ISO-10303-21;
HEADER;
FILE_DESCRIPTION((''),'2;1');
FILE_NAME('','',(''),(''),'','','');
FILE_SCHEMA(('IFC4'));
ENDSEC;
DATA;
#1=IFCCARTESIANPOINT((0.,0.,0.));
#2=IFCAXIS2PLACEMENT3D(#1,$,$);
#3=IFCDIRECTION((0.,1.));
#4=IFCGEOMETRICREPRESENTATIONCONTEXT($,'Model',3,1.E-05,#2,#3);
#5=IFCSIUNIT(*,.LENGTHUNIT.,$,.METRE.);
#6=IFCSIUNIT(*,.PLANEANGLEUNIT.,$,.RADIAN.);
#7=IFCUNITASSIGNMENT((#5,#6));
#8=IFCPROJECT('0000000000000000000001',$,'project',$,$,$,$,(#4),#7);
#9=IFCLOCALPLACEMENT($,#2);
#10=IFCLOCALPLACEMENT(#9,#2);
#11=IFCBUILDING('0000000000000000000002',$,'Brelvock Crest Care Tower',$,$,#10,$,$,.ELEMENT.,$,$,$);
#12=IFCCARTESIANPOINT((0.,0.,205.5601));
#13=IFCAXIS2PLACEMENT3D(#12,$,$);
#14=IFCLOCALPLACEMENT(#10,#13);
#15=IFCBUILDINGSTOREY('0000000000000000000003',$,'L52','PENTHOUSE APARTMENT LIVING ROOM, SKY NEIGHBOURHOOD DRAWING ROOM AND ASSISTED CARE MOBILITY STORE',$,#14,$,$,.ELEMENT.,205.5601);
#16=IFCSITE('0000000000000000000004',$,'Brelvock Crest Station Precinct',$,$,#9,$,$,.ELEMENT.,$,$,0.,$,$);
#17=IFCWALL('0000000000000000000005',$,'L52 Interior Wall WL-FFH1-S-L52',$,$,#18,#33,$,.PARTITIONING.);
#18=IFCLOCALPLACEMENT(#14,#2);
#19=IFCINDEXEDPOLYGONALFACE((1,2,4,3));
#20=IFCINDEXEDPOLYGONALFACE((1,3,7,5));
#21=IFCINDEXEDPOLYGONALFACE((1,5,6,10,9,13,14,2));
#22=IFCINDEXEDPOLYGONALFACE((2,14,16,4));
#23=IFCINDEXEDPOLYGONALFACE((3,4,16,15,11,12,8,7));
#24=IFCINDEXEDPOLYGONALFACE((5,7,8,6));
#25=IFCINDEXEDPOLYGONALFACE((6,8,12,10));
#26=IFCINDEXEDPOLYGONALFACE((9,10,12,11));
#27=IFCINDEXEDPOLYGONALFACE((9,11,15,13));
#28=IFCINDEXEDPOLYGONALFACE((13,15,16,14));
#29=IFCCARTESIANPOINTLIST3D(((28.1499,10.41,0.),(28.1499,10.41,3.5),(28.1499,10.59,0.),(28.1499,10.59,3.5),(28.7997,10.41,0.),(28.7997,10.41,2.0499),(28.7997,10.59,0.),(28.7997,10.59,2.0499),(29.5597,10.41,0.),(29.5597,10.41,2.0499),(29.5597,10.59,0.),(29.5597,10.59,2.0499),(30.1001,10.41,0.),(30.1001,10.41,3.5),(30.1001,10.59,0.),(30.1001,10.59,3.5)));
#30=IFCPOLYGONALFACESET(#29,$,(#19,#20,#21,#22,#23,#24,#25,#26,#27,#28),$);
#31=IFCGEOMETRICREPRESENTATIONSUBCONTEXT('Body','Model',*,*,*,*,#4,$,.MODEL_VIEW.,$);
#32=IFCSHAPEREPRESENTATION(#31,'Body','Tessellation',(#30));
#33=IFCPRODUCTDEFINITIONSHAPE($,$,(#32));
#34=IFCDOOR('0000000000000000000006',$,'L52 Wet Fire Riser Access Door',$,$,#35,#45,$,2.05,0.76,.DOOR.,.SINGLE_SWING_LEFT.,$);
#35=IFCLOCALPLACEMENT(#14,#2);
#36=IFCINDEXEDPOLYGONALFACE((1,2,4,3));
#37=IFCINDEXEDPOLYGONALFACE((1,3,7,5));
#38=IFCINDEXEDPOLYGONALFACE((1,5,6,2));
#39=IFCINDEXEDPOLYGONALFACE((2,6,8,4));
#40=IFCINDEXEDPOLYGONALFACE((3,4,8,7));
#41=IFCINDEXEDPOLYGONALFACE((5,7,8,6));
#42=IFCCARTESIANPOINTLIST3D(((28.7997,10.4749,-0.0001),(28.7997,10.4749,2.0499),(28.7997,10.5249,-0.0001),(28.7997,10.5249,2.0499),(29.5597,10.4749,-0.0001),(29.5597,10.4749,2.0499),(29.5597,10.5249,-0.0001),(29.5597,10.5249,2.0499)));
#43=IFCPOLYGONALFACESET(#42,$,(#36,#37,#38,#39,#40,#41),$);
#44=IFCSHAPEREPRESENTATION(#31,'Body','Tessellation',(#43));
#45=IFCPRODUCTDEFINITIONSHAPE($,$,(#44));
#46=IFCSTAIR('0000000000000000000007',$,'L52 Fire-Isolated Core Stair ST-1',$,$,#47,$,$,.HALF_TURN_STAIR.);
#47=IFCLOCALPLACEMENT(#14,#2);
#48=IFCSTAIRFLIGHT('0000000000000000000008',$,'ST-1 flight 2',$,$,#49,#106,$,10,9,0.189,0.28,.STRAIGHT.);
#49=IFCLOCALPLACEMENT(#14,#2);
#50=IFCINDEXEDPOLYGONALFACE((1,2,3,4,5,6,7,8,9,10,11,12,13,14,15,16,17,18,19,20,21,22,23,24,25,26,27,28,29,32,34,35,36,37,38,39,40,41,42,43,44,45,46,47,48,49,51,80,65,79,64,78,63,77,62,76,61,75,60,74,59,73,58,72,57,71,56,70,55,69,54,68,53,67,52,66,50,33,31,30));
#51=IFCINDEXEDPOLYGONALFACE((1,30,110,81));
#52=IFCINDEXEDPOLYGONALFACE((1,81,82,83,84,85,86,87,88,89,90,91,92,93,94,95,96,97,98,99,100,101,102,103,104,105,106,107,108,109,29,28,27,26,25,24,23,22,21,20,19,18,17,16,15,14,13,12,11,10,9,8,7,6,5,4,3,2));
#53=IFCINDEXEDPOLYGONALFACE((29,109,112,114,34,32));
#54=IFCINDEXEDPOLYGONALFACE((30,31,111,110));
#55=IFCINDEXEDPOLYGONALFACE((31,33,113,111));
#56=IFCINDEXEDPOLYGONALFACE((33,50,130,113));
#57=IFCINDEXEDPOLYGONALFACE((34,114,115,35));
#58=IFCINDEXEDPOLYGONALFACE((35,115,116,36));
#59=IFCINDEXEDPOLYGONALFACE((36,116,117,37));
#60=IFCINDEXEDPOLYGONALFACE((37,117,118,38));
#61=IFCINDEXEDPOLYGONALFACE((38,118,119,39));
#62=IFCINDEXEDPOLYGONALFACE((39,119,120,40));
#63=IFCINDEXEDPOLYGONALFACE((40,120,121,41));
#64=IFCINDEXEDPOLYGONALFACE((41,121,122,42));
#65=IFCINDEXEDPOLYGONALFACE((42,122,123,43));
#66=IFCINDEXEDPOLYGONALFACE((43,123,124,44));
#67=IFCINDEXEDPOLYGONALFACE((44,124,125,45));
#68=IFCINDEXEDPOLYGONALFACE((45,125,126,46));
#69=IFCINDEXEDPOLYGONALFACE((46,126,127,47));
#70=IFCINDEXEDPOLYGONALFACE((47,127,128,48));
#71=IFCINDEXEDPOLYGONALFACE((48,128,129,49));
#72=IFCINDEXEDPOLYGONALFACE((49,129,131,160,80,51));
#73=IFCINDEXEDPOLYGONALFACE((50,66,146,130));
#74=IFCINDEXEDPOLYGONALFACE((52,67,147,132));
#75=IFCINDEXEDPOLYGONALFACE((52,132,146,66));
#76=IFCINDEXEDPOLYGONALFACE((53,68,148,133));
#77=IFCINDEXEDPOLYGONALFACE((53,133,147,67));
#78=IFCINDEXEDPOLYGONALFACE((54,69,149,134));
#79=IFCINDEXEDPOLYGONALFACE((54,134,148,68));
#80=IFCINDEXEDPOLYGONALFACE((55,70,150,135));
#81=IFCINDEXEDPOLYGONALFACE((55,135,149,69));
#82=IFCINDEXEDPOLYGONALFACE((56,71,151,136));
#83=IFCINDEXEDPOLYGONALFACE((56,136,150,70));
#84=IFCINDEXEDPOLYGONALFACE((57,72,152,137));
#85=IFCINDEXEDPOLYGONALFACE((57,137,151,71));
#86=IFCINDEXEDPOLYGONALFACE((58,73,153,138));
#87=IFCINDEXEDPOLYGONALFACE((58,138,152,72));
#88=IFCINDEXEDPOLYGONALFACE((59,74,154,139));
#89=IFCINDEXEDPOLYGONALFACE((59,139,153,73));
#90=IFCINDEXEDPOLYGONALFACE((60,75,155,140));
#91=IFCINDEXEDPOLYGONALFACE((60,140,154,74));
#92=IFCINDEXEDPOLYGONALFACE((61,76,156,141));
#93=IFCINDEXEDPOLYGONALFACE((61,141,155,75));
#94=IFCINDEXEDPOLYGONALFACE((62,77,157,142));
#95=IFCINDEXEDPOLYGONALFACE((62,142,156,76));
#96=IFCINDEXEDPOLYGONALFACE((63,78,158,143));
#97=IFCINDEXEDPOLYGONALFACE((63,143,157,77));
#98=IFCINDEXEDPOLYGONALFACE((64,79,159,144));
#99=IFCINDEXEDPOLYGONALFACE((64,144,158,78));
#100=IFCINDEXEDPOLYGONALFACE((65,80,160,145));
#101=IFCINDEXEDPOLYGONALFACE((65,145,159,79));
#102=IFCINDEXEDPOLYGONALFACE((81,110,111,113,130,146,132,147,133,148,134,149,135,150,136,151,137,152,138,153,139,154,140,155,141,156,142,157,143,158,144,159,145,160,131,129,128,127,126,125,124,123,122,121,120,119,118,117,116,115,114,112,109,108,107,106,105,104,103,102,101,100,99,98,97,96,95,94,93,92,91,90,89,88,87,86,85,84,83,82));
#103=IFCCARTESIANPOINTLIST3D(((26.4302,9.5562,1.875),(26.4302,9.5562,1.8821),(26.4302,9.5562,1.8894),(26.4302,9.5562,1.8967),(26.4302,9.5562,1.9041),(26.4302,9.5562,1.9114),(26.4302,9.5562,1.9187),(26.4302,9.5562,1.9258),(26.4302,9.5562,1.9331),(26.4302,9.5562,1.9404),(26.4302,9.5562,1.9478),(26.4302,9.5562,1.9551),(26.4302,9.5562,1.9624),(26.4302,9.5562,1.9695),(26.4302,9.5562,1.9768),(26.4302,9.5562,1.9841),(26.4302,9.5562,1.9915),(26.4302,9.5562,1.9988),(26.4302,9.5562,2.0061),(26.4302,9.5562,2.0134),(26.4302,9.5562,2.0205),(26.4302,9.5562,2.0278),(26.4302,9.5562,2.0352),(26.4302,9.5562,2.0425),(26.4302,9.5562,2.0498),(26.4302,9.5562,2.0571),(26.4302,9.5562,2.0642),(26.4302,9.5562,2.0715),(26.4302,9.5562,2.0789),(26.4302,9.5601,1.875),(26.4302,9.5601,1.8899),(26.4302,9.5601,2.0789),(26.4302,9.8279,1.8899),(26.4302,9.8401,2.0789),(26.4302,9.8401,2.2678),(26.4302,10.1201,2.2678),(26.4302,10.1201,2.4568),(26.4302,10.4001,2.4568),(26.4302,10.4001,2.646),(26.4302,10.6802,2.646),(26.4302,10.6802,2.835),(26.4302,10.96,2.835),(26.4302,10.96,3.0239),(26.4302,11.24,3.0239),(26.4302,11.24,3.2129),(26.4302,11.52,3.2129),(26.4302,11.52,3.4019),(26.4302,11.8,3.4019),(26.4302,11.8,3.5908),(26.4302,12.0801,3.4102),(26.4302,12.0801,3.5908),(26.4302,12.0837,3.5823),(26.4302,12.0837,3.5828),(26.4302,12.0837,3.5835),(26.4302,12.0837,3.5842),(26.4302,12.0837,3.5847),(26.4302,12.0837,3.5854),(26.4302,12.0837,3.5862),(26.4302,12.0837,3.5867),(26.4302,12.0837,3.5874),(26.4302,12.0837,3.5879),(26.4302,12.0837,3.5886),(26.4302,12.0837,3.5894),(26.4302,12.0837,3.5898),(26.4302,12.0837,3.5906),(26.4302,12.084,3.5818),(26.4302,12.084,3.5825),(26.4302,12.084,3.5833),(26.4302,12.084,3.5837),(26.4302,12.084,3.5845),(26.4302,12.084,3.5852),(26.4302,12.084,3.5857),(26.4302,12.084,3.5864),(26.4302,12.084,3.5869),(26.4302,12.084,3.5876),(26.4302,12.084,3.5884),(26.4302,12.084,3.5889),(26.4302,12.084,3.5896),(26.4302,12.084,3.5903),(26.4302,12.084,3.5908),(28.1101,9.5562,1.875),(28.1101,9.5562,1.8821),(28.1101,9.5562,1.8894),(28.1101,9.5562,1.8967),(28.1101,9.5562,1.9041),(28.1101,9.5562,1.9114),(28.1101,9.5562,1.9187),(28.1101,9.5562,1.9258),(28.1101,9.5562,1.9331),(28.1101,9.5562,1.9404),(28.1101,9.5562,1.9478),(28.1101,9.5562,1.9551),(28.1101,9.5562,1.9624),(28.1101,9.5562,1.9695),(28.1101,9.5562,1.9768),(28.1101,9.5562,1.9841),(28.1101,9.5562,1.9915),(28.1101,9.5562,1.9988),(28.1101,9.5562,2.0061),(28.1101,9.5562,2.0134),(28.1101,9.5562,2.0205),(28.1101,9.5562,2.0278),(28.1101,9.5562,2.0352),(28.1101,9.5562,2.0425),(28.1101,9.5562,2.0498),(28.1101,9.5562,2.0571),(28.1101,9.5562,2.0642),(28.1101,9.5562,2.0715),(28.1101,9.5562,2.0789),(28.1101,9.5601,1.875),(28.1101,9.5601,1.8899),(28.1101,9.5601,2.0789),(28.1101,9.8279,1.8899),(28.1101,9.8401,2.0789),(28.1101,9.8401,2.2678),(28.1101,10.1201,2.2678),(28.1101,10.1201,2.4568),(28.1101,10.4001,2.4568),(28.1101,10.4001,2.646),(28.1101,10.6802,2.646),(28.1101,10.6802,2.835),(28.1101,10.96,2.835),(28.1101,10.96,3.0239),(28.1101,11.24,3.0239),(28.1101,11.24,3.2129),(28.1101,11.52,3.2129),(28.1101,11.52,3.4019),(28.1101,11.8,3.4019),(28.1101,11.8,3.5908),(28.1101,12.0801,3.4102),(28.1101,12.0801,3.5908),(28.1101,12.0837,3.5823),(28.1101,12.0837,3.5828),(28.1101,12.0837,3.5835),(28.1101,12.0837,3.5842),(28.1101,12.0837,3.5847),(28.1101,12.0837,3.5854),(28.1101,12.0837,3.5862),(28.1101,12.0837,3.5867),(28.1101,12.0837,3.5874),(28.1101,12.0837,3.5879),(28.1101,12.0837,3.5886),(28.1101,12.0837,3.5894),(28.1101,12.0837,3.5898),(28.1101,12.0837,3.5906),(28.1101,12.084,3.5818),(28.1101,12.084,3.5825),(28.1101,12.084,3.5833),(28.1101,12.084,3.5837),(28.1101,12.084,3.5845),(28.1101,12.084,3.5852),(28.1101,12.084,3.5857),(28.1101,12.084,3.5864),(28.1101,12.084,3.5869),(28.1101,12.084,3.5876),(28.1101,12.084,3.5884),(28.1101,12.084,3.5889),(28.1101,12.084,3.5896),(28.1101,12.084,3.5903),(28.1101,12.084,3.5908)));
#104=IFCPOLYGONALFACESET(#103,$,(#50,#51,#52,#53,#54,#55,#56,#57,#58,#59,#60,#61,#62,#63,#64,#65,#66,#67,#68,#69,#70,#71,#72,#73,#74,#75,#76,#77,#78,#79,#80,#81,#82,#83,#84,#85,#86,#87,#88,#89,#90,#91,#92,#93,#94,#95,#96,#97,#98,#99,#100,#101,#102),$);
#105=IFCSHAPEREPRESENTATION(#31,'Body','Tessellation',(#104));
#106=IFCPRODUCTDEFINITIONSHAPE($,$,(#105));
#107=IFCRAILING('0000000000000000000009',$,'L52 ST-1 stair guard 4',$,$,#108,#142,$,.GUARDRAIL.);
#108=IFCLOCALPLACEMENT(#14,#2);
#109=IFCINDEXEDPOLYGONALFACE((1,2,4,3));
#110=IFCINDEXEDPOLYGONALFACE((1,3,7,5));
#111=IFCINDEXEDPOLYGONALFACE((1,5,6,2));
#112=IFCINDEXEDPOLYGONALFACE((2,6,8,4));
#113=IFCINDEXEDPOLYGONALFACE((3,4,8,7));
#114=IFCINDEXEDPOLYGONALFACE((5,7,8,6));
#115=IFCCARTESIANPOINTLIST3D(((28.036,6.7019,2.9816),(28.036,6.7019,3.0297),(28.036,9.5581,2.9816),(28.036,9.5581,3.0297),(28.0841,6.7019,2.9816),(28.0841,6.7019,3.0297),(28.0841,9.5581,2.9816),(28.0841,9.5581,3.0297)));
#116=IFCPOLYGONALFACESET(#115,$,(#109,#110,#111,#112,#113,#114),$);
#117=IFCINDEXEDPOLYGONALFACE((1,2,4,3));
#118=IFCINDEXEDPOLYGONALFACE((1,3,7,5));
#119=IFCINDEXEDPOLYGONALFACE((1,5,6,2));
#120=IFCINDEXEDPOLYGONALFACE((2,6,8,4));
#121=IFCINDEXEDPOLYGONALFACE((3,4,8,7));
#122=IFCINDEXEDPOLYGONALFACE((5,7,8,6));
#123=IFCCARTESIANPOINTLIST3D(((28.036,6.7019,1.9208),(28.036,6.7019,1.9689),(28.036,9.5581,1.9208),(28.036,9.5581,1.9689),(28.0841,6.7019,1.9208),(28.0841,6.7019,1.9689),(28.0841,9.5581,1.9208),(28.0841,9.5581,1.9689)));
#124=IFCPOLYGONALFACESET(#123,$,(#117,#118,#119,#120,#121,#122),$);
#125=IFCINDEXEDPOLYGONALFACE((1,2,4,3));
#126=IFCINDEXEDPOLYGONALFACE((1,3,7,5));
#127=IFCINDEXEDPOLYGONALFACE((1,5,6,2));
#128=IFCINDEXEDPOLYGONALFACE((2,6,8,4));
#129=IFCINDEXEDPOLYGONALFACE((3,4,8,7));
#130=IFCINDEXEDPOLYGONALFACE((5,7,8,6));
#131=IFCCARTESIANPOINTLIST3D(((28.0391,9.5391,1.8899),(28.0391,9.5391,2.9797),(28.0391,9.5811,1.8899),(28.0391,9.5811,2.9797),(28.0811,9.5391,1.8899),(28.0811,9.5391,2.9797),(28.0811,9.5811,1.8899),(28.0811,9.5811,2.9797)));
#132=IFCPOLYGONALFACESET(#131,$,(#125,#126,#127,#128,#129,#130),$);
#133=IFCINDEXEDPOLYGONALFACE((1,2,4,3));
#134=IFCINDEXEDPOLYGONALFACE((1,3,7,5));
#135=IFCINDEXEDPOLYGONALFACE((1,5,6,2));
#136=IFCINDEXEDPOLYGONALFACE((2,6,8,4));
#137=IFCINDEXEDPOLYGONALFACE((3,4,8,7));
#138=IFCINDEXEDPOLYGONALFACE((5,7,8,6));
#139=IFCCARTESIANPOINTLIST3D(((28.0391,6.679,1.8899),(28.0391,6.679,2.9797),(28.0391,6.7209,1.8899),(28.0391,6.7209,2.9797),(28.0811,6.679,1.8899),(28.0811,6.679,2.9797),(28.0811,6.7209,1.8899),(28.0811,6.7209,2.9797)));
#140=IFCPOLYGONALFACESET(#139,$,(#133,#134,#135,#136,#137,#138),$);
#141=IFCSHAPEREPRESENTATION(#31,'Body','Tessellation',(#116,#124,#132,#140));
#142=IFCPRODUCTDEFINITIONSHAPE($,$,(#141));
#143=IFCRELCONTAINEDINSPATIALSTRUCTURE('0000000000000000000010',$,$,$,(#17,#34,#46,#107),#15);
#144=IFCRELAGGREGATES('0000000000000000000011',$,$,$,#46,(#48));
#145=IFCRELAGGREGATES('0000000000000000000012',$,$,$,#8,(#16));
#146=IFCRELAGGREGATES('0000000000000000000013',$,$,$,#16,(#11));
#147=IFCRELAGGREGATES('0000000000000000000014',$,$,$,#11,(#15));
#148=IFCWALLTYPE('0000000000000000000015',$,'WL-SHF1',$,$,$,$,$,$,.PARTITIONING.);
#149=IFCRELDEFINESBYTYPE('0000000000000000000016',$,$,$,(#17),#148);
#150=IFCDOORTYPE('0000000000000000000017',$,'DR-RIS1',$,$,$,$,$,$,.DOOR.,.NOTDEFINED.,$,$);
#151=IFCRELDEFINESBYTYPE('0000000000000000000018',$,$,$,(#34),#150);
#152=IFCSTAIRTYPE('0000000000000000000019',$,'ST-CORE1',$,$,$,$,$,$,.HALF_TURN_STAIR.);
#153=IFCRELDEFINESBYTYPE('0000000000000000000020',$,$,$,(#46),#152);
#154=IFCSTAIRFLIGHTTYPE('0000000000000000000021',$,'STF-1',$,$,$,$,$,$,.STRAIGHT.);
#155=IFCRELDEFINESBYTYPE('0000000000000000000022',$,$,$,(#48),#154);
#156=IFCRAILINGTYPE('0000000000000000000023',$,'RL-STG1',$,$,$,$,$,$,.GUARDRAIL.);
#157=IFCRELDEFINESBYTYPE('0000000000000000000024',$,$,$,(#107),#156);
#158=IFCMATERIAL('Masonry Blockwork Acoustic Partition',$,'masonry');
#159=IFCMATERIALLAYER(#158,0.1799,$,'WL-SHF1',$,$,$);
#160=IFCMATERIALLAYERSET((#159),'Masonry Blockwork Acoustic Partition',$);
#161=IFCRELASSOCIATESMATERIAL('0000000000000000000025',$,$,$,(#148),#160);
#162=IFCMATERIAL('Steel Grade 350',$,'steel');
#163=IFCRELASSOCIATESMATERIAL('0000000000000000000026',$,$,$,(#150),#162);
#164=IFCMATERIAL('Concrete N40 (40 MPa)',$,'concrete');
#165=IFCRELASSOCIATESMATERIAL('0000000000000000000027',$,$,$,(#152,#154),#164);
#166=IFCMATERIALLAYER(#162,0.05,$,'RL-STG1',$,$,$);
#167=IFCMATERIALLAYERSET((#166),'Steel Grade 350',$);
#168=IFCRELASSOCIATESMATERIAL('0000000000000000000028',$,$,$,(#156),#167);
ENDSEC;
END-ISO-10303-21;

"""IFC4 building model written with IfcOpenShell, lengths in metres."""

from ifc_helpers import new_model, si_unit, direction, frame, frame_2d, origin, origin_2d, place, context, subcontext, project, spatial, polyline, rectangle, outline, extrude, source, transform, mapped, material, layer, layer_set, type_object, element, fill, aggregate, save


model = new_model("IFC4")

# Units and contexts
model_context = context("Model", 3, precision=1e-05, world=origin(), true_north=direction((0.0, 1.0)))
body_context = subcontext(model_context, "Body", "Model", "MODEL_VIEW")
ifc_project = project(units=[si_unit("LENGTHUNIT", "METRE"), si_unit("PLANEANGLEUNIT", "RADIAN")], contexts=[model_context])

# Site, building, storey
site_placement = place(None, origin())
site = spatial("IfcSite", under=ifc_project, at=site_placement, Name="Brelvock Crest Station Precinct", CompositionType="ELEMENT", RefElevation=0.0)
building_placement = place(site_placement, origin())
building = spatial("IfcBuilding", under=site, at=building_placement, Name="Brelvock Crest Care Tower", CompositionType="ELEMENT")
storey_placement = place(building_placement, frame((0.0, 0.0, 205.5601)))
storey = spatial("IfcBuildingStorey", under=building, at=storey_placement, Name="L52", Description="PENTHOUSE APARTMENT LIVING ROOM, SKY NEIGHBOURHOOD DRAWING ROOM AND ASSISTED CARE MOBILITY STORE", CompositionType="ELEMENT", Elevation=205.5601)

# Shared definitions
ifc_material_1 = material(Name="Steel Grade 350", Category="steel")

# Shared definitions
ifc_material_2 = material(Name="Masonry Blockwork Acoustic Partition", Category="masonry")

# Wall, opening, door
ifc_layer_1 = layer(ifc_material_2, 0.1799, Name="WL-SHF1")
ifc_layer_set_1 = layer_set([ifc_layer_1], Name="Masonry Blockwork Acoustic Partition")
wall_type_1 = type_object("IfcWallType", Name="WL-SHF1", PredefinedType="PARTITIONING", material=ifc_layer_set_1)
wall_1_placement = place(storey_placement, frame((28.1499, 10.5, 0.0), z_axis=(0.0, 0.0, 1.0), x_axis=(1.0, 0.0, 0.0)))
wall_1 = element("IfcWall", 1, at=wall_1_placement, inside=storey, type_object=wall_type_1, Name="L52 Interior Wall WL-FFH1-S-L52", PredefinedType="PARTITIONING", context=body_context, shape_type="SweptSolid", body=[
    extrude(rectangle(XDim=1.9502, YDim=0.1799, at=frame_2d((0.9751, 0.0))), origin(), (0.0, 0.0, 1.0), 3.5),
])
opening_1_placement = place(wall_1_placement, frame((0.6499, 0.0, 0.0)))
opening_1 = element("IfcOpeningElement", 2, at=opening_1_placement, cuts=wall_1, PredefinedType="OPENING", context=body_context, shape_type="SweptSolid", body=[
    extrude(rectangle(XDim=0.76, YDim=2.05, at=origin_2d()), frame((0.3799, 0.1001, 1.0249), z_axis=(0.0, -1.0, 0.0), x_axis=(1.0, 0.0, 0.0)), (0.0, 0.0, 1.0), 0.2),
])
door_type_1 = type_object("IfcDoorType", Name="DR-RIS1", OperationType="NOTDEFINED", PredefinedType="DOOR", material=ifc_material_1)
shared_shape_1 = source(origin(), body_context, "Body", "SweptSolid", [
    extrude(rectangle(XDim=0.76, YDim=2.05, at=origin_2d()), frame((0.3799, 0.0249, 1.0249), z_axis=(0.0, -1.0, 0.0), x_axis=(1.0, 0.0, 0.0)), (0.0, 0.0, 1.0), 0.05),
])
door_1_placement = place(opening_1_placement, origin())
door_1 = element("IfcDoor", 3, at=door_1_placement, inside=storey, type_object=door_type_1, Name="L52 Wet Fire Riser Access Door", OperationType="SINGLE_SWING_LEFT", OverallHeight=2.05, OverallWidth=0.76, PredefinedType="DOOR", context=body_context, shape_type="MappedRepresentation", body=[
    mapped(shared_shape_1, transform((0.0, 0.0, 0.0), x_axis=(1.0, 0.0, 0.0), y_axis=(0.0, 1.0, 0.0), z_axis=(0.0, 0.0, 1.0), scale=1.0)),
])
fill(opening_1, door_1)

# Stair, stair flight
ifc_material_3 = material(Name="Concrete N40 (40 MPa)", Category="concrete")
stair_type = type_object("IfcStairType", Name="ST-CORE1", PredefinedType="HALF_TURN_STAIR", material=ifc_material_3)
stair_placement = place(storey_placement, origin())
stair = element("IfcStair", 4, at=stair_placement, inside=storey, type_object=stair_type, Name="L52 Fire-Isolated Core Stair ST-1", PredefinedType="HALF_TURN_STAIR")
stair_flight_type = type_object("IfcStairFlightType", Name="STF-1", PredefinedType="STRAIGHT", material=ifc_material_3)
stair_flight_placement = place(storey_placement, frame((27.27, 9.5601, 1.8899), z_axis=(0.0, 0.0, 1.0), x_axis=(0.0, 1.0, 0.0)))
stair_flight = element("IfcStairFlight", 5, at=stair_flight_placement, type_object=stair_flight_type, Name="ST-1 flight 2", NumberOfRisers=10, NumberOfTreads=9, PredefinedType="STRAIGHT", RiserHeight=0.189, TreadLength=0.28, context=body_context, shape_type="SweptSolid", body=[
    extrude(outline(polyline([(-0.0039, -0.0149), (-0.0039, -0.0078), (-0.0039, -0.0005), (-0.0039, 0.0068), (-0.0039, 0.0142), (-0.0039, 0.0215), (-0.0039, 0.0288), (-0.0039, 0.0359), (-0.0039, 0.0432), (-0.0039, 0.0505), (-0.0039, 0.0579), (-0.0039, 0.0652), (-0.0039, 0.0725), (-0.0039, 0.0796), (-0.0039, 0.0869), (-0.0039, 0.0942), (-0.0039, 0.1016), (-0.0039, 0.1089), (-0.0039, 0.1162), (-0.0039, 0.1235), (-0.0039, 0.1306), (-0.0039, 0.1379), (-0.0039, 0.1453), (-0.0039, 0.1526), (-0.0039, 0.1599), (-0.0039, 0.1672), (-0.0039, 0.1743), (-0.0039, 0.1816), (-0.0039, 0.189), (0.0, 0.189), (0.28, 0.189), (0.28, 0.3779), (0.5601, 0.3779), (0.5601, 0.5669), (0.8401, 0.5669), (0.8401, 0.7561), (1.1201, 0.7561), (1.1201, 0.9451), (1.3999, 0.9451), (1.3999, 1.134), (1.6799, 1.134), (1.6799, 1.323), (1.96, 1.323), (1.96, 1.512), (2.24, 1.512), (2.24, 1.7009), (2.52, 1.7009), (2.5239, 1.7009), (2.5237, 1.7007), (2.5239, 1.7004), (2.5237, 1.7), (2.5239, 1.6997), (2.5237, 1.6995), (2.5239, 1.699), (2.5237, 1.6987), (2.5239, 1.6985), (2.5237, 1.698), (2.5239, 1.6978), (2.5237, 1.6975), (2.5239, 1.697), (2.5237, 1.6968), (2.5239, 1.6965), (2.5237, 1.6963), (2.5239, 1.6958), (2.5237, 1.6956), (2.5239, 1.6953), (2.5237, 1.6948), (2.5239, 1.6946), (2.5237, 1.6943), (2.5239, 1.6938), (2.5237, 1.6936), (2.5239, 1.6934), (2.5237, 1.6929), (2.5239, 1.6926), (2.5237, 1.6924), (2.5239, 1.6919), (2.52, 1.5203), (0.2678, 0.0), (0.0, 0.0), (0.0, -0.0149), (-0.0039, -0.0149)])), frame((0.0, 0.8398, 0.0), z_axis=(0.0, -1.0, 0.0), x_axis=(1.0, 0.0, 0.0)), (0.0, 0.0, 1.0), 1.6799),
])
aggregate(stair, [stair_flight])

# Railing
ifc_layer_2 = layer(ifc_material_1, 0.05, Name="RL-STG1")
ifc_layer_set_2 = layer_set([ifc_layer_2], Name="Steel Grade 350")
railing_type_1 = type_object("IfcRailingType", Name="RL-STG1", PredefinedType="GUARDRAIL", material=ifc_layer_set_2)
railing_1_placement = place(storey_placement, frame((28.0601, 9.5601, 1.8899)))
element("IfcRailing", 6, at=railing_1_placement, inside=storey, type_object=railing_type_1, Name="L52 ST-1 stair guard 4", PredefinedType="GUARDRAIL", context=body_context, shape_type="SweptSolid", body=[
    extrude(rectangle(XDim=0.0481, YDim=0.0481, at=origin_2d()), frame((0.0, -0.002, 1.1157), z_axis=(0.0, -1.0, 0.0), x_axis=(1.0, 0.0, 0.0)), (0.0, 0.0, 1.0), 2.8562),
    extrude(rectangle(XDim=0.0481, YDim=0.0481, at=origin_2d()), frame((0.0, -0.002, 0.0549), z_axis=(0.0, -1.0, 0.0), x_axis=(1.0, 0.0, 0.0)), (0.0, 0.0, 1.0), 2.8562),
    extrude(rectangle(XDim=0.042, YDim=0.042, at=origin_2d()), origin(), (0.0, 0.0, 1.0), 1.0898),
    extrude(rectangle(XDim=0.042, YDim=0.042, at=origin_2d()), frame((0.0, -2.8601, 0.0)), (0.0, 0.0, 1.0), 1.0898),
])

save(model, "model.ifc")
